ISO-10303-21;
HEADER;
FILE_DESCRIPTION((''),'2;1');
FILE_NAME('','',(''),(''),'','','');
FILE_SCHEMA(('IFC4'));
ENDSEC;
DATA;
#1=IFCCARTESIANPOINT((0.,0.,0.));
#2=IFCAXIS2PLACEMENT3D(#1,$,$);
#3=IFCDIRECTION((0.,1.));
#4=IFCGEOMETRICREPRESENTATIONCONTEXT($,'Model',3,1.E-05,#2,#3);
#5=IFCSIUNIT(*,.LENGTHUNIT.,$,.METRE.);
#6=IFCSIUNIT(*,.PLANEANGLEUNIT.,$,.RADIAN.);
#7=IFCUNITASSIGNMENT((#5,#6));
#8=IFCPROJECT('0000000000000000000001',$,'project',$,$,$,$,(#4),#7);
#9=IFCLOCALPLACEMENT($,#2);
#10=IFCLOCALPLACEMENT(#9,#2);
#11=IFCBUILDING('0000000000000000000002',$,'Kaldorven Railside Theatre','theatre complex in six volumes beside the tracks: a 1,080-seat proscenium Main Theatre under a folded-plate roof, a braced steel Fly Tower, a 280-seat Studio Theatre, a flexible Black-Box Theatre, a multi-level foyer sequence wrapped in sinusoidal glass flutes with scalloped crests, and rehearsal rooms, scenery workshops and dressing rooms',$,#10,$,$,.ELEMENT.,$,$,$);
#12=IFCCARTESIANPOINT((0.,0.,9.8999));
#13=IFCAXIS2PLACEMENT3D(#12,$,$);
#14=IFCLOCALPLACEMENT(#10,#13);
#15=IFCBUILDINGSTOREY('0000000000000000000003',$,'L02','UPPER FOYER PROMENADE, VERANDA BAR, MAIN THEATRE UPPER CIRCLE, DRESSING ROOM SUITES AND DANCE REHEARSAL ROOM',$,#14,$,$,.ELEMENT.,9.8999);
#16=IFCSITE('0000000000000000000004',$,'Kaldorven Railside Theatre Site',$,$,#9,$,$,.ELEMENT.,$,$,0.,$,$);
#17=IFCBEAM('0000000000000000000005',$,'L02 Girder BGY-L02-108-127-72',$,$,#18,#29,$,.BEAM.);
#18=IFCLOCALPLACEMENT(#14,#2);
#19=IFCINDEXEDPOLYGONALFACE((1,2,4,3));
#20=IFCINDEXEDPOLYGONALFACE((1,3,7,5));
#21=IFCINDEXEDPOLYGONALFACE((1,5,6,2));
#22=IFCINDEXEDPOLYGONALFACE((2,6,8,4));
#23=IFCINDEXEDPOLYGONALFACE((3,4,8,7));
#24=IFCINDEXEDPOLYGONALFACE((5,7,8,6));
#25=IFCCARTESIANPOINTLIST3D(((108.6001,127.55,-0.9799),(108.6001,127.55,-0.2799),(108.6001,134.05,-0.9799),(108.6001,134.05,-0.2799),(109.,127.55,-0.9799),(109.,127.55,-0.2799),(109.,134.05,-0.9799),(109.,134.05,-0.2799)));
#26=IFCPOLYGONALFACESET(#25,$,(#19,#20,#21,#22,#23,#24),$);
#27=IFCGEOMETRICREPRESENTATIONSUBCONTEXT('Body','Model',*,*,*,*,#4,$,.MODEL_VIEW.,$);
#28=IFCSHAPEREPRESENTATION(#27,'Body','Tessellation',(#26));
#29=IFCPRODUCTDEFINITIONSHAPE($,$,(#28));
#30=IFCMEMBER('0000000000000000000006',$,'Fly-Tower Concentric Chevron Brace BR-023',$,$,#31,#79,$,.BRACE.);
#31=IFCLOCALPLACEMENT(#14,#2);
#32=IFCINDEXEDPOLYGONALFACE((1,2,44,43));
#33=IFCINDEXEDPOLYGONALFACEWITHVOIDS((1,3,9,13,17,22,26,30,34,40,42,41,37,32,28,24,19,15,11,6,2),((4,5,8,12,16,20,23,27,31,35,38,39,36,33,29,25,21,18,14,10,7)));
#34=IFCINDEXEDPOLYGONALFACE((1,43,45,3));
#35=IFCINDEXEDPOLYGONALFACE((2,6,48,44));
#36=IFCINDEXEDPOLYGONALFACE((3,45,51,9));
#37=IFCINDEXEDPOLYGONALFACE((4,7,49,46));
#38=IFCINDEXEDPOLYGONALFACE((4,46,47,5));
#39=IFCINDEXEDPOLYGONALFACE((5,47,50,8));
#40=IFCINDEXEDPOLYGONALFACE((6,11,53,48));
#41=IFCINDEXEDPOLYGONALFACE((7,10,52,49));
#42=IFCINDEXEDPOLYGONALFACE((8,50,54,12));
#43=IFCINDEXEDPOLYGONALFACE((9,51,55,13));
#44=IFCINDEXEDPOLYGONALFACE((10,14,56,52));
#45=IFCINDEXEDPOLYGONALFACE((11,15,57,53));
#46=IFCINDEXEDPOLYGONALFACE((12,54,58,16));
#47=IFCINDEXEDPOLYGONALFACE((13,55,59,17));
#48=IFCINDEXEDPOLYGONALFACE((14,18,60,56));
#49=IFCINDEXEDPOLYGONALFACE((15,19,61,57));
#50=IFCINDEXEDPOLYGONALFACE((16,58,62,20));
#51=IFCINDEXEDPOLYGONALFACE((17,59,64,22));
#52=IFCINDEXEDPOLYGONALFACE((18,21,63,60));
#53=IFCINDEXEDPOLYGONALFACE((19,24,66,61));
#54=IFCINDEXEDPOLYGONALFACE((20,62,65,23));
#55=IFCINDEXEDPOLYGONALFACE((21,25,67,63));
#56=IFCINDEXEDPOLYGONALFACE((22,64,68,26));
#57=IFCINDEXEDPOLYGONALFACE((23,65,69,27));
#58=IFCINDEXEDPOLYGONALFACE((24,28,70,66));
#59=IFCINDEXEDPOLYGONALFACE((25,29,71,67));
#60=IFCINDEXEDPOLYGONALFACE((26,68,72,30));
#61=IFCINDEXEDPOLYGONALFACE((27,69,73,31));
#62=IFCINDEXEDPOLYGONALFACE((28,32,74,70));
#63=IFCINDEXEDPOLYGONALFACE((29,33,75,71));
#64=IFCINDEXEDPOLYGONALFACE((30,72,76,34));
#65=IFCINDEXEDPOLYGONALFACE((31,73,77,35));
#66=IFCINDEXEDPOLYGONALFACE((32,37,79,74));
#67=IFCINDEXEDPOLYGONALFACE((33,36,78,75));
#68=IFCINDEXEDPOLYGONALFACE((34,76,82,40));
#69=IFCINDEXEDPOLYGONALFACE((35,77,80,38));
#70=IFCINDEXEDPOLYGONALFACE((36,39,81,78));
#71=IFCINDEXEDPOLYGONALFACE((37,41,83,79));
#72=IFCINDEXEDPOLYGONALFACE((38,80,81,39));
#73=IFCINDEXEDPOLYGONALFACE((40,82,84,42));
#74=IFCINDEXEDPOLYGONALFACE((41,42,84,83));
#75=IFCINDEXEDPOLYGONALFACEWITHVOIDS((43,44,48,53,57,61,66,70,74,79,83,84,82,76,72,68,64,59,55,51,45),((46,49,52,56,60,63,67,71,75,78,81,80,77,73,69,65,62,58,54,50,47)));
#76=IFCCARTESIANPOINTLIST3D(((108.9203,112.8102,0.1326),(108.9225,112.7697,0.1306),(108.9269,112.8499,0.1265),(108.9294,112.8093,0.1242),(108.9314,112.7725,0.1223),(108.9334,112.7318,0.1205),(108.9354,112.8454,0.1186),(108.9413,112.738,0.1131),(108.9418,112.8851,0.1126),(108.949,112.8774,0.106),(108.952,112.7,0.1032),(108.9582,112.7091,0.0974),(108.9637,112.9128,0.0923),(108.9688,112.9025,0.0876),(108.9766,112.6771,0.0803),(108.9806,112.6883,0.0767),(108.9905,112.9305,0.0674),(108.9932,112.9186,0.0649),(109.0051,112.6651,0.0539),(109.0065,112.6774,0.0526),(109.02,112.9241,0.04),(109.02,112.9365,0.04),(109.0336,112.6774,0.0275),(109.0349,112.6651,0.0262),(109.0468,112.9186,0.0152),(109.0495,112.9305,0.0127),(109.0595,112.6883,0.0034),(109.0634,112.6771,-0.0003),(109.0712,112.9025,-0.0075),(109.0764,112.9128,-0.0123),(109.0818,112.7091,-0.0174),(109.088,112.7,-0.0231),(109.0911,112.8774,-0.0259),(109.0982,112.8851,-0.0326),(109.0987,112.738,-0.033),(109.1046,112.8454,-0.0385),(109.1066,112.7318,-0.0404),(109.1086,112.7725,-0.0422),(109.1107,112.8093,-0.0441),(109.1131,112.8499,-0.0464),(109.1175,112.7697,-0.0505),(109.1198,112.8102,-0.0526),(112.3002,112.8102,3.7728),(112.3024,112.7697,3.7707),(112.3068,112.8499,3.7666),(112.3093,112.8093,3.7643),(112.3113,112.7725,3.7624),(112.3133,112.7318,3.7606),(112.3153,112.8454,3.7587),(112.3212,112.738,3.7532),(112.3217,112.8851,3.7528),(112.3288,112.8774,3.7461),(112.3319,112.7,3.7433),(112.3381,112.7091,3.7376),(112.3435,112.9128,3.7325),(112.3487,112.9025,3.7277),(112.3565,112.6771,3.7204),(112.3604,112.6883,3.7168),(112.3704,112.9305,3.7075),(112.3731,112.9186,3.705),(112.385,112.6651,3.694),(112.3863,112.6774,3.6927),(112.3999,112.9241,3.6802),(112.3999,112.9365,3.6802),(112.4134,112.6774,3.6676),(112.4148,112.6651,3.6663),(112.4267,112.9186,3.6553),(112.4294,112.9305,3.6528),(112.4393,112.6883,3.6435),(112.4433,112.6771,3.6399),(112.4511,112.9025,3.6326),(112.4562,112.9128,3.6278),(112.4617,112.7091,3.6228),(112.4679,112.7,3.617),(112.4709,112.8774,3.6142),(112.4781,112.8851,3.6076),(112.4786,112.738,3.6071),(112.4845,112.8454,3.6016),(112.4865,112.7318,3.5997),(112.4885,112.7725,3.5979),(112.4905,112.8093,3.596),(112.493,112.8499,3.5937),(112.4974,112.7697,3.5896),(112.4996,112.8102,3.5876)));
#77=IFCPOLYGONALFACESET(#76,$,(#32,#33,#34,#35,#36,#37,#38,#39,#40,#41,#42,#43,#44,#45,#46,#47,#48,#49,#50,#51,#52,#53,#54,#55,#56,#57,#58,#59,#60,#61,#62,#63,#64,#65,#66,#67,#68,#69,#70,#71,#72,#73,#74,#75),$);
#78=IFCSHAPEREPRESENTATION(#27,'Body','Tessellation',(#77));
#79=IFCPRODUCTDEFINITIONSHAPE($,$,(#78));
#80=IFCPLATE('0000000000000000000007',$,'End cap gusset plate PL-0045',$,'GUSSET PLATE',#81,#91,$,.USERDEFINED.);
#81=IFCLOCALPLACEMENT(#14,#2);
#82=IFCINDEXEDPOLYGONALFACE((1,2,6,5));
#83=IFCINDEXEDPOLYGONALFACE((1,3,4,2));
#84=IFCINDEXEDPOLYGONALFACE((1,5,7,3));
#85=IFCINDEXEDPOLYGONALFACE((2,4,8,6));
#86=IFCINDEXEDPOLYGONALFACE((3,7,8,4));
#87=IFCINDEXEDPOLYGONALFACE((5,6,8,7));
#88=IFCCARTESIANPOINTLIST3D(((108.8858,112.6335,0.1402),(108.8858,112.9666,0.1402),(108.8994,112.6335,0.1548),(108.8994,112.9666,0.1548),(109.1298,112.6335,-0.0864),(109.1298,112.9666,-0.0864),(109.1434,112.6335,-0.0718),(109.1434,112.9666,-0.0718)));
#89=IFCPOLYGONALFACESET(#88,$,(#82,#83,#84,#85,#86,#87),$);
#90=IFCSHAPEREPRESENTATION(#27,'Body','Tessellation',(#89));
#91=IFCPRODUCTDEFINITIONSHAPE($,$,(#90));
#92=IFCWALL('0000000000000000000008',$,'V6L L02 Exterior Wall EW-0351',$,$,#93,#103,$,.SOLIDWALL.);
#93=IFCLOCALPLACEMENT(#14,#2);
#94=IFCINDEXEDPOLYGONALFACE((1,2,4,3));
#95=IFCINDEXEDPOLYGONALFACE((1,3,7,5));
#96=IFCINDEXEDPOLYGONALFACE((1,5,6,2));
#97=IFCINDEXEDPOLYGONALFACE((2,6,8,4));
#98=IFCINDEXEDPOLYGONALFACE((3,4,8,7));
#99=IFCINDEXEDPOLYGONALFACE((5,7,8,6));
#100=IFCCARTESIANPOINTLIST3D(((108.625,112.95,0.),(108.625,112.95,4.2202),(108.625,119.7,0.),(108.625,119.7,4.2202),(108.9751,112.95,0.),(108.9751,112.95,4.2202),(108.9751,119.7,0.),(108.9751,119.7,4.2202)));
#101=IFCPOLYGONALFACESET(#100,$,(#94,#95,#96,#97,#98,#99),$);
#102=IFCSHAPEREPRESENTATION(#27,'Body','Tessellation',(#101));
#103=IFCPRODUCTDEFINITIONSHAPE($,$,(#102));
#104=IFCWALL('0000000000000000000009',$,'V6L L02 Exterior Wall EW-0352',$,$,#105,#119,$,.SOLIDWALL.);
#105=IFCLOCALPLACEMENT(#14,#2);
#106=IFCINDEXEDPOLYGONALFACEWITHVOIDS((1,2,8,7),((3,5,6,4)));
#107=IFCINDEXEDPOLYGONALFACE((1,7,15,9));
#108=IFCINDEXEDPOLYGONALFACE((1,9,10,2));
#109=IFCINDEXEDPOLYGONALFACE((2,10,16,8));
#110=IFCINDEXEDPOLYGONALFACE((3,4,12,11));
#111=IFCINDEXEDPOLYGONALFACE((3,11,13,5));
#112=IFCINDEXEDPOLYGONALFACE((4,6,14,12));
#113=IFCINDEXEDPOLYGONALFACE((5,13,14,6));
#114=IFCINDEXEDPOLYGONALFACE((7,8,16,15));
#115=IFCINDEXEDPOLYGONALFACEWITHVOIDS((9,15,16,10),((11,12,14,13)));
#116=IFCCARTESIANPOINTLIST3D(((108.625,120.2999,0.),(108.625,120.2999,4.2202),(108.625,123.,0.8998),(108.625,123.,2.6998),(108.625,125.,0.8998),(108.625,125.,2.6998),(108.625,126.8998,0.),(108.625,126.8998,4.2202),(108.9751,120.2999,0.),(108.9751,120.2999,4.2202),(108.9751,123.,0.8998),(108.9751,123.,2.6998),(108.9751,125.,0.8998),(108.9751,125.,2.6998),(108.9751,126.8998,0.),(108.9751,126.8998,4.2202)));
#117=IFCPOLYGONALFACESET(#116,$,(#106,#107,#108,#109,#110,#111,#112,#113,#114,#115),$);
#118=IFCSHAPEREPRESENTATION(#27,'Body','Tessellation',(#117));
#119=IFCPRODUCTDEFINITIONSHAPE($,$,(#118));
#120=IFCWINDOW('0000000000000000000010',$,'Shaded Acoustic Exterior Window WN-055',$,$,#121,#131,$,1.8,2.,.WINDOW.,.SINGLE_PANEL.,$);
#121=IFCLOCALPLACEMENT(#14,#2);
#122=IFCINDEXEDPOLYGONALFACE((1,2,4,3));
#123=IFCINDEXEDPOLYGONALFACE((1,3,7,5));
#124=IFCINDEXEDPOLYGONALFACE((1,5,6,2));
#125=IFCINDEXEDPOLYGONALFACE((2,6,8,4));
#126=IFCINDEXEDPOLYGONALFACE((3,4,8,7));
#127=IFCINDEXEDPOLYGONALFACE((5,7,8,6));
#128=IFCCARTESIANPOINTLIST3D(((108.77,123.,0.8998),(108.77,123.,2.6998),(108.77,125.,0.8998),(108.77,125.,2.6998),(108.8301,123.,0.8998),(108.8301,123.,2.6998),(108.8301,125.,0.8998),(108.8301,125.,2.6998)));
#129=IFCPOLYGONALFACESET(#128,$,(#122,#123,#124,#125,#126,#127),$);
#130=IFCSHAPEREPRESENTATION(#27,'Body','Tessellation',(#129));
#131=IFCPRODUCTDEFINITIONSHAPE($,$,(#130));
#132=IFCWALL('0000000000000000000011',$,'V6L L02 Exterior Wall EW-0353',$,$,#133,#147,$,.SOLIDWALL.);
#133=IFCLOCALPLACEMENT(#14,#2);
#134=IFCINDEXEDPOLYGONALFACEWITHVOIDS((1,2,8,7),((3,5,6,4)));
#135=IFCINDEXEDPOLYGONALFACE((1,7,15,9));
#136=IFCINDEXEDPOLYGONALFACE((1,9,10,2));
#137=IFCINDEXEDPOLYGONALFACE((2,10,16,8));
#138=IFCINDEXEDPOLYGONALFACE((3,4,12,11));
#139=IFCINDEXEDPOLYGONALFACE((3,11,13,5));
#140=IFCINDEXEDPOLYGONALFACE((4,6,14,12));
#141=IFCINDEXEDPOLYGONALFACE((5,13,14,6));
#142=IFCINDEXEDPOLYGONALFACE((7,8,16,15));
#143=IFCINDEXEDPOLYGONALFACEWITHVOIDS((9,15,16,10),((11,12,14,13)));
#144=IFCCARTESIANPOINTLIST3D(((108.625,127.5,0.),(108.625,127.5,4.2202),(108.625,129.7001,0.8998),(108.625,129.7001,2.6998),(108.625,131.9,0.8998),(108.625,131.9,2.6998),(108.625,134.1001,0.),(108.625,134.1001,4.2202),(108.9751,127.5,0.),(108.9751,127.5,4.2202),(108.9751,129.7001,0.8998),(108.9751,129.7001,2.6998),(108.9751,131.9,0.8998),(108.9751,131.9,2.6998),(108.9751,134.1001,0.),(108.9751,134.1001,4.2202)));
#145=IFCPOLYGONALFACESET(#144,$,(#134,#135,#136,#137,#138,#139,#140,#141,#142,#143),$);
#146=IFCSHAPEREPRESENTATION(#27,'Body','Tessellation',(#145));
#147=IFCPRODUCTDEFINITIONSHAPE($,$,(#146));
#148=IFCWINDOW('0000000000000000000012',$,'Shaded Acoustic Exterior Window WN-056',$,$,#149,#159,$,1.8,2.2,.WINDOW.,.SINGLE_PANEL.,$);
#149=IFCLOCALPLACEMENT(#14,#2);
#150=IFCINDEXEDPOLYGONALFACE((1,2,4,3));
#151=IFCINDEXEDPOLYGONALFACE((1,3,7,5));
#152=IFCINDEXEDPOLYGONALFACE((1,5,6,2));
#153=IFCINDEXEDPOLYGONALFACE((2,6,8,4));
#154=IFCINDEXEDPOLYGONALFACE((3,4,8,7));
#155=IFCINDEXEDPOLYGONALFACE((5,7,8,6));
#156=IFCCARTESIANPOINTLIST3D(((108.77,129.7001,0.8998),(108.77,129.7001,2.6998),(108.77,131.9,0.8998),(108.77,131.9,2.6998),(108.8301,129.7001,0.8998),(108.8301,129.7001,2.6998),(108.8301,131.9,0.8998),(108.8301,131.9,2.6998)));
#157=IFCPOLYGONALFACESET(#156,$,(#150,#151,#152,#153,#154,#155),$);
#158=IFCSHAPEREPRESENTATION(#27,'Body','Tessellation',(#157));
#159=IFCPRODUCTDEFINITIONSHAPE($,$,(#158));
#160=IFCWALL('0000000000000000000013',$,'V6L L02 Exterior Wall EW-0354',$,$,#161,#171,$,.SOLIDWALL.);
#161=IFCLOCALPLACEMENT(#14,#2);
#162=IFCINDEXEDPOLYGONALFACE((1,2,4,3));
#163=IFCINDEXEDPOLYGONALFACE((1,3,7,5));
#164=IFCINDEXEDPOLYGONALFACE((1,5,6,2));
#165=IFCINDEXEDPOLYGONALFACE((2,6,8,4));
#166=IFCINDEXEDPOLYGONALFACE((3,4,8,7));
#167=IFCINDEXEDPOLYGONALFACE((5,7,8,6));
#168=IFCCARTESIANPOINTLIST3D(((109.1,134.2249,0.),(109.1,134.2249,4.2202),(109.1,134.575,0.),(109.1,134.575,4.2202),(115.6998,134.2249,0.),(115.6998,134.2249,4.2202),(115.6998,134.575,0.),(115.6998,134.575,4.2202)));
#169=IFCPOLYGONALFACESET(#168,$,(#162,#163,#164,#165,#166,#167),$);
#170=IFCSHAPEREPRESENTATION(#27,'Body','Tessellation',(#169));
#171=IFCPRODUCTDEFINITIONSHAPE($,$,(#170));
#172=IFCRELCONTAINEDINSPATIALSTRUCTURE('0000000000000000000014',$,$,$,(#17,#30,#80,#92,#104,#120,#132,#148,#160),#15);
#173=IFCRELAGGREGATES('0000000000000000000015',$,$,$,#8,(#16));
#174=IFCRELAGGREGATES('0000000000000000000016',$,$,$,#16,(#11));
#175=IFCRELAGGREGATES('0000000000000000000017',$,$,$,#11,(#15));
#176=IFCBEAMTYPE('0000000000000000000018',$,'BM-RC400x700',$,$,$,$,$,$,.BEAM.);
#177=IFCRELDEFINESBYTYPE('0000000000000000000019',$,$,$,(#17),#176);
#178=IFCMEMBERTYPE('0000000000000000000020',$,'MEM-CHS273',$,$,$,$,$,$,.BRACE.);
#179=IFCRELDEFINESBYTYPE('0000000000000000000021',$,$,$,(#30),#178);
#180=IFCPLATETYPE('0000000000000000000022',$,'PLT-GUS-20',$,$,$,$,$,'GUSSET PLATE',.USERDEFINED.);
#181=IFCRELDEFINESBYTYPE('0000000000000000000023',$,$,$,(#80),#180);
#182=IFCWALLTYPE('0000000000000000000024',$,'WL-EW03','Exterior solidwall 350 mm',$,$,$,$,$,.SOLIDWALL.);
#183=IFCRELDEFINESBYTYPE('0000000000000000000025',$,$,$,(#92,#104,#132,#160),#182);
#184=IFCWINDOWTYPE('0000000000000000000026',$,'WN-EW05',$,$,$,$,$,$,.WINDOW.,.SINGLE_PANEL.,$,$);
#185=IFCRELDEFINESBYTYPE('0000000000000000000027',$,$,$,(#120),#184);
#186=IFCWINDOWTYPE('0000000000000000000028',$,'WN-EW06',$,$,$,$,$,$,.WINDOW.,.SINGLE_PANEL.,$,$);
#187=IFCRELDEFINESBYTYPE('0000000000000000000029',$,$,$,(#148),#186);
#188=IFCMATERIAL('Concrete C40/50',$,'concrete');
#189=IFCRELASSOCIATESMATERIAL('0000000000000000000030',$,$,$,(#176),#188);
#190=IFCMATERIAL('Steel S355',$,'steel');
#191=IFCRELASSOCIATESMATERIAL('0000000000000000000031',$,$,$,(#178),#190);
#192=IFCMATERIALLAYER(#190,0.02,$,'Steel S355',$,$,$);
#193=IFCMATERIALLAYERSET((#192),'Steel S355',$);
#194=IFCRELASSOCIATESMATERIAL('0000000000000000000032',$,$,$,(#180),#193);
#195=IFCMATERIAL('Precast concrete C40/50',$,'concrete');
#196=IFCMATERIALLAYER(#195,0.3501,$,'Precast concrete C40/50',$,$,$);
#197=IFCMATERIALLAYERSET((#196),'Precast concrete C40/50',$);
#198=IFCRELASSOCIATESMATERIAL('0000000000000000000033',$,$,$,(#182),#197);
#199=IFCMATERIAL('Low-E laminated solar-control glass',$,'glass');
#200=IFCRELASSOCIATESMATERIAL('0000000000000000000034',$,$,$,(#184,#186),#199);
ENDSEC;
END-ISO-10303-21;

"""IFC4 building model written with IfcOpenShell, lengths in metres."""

from ifc_helpers import new_model, si_unit, direction, frame, frame_2d, origin, origin_2d, place, context, subcontext, project, spatial, rectangle, hollow_circle, extrude, material, layer, layer_set, material_profile, profile_set, type_object, element, fill, save


model = new_model("IFC4")

# Units and contexts
model_context = context("Model", 3, precision=1e-05, world=origin(), true_north=direction((0.0, 1.0)))
body_context = subcontext(model_context, "Body", "Model", "MODEL_VIEW")
ifc_project = project(units=[si_unit("LENGTHUNIT", "METRE"), si_unit("PLANEANGLEUNIT", "RADIAN")], contexts=[model_context])

# Site, building, storey
site_placement = place(None, origin())
site = spatial("IfcSite", under=ifc_project, at=site_placement, Name="Kaldorven Railside Theatre Site", CompositionType="ELEMENT", RefElevation=0.0)
building_placement = place(site_placement, origin())
building = spatial("IfcBuilding", under=site, at=building_placement, Name="Kaldorven Railside Theatre", Description="theatre complex in six volumes beside the tracks: a 1,080-seat proscenium Main Theatre under a folded-plate roof, a braced steel Fly Tower, a 280-seat Studio Theatre, a flexible Black-Box Theatre, a multi-level foyer sequence wrapped in sinusoidal glass flutes with scalloped crests, and rehearsal rooms, scenery workshops and dressing rooms", CompositionType="ELEMENT")
storey_placement = place(building_placement, frame((0.0, 0.0, 9.8999)))
storey = spatial("IfcBuildingStorey", under=building, at=storey_placement, Name="L02", Description="UPPER FOYER PROMENADE, VERANDA BAR, MAIN THEATRE UPPER CIRCLE, DRESSING ROOM SUITES AND DANCE REHEARSAL ROOM", CompositionType="ELEMENT", Elevation=9.8999)

# Shared definitions
ifc_material_1 = material(Name="Steel S355", Category="steel")
ifc_material_2 = material(Name="Concrete C40/50", Category="concrete")

# Beam
ifc_material_profile_1 = material_profile(ifc_material_2, rectangle(XDim=0.3999, YDim=0.7, at=origin_2d()), Name="RC 400x700")
ifc_profile_set_1 = profile_set([ifc_material_profile_1], Name="Concrete C40/50")
beam_type_1 = type_object("IfcBeamType", Name="BM-RC400x700", PredefinedType="BEAM", material=ifc_profile_set_1)
for number, where, z_axis, x_axis, name in (
    (1, (108.8, 127.55, -0.6299), (0.0, 1.0, 0.0), (-1.0, 0.0, 0.0), "L02 Girder BGY-L02-108-127-72"),
):
    element("IfcBeam", number, at=place(storey_placement, frame(where, z_axis=z_axis, x_axis=x_axis)), inside=storey, type_object=beam_type_1, Name=name, PredefinedType="BEAM", context=body_context, shape_type="SweptSolid", body=[
        extrude(rectangle(XDim=0.3999, YDim=0.7, at=origin_2d()), origin(), (0.0, 0.0, 1.0), 6.5),
    ])

# Member
ifc_material_profile_2 = material_profile(ifc_material_1, hollow_circle(Radius=0.1365, WallThickness=0.0125, at=origin_2d()), Name="CHS 273x12.5")
ifc_profile_set_2 = profile_set([ifc_material_profile_2], Name="Steel S355")
member_type = type_object("IfcMemberType", Name="MEM-CHS273", PredefinedType="BRACE", material=ifc_profile_set_2)
member_placement = place(storey_placement, frame((109.02, 112.8, 0.04), z_axis=(0.680425, 0.0, 0.732818), x_axis=(0.0, 1.0, 0.0)))
element("IfcMember", 2, at=member_placement, inside=storey, type_object=member_type, Name="Fly-Tower Concentric Chevron Brace BR-023", PredefinedType="BRACE", context=body_context, shape_type="SweptSolid", body=[
    extrude(hollow_circle(Radius=0.1365, WallThickness=0.0125, at=origin_2d()), origin(), (0.0, 0.0, 1.0), 4.9673),
])

# Plate
ifc_layer_1 = layer(ifc_material_1, 0.02, Name="Steel S355")
ifc_layer_set_1 = layer_set([ifc_layer_1], Name="Steel S355")
plate_type = type_object("IfcPlateType", Name="PLT-GUS-20", ElementType="GUSSET PLATE", PredefinedType="USERDEFINED", material=ifc_layer_set_1)
plate_placement = place(storey_placement, frame((109.0078, 112.8, 0.0269), z_axis=(0.680465, 0.0, 0.73278), x_axis=(0.0, 1.0, 0.0)))
element("IfcPlate", 3, at=plate_placement, inside=storey, type_object=plate_type, Name="End cap gusset plate PL-0045", ObjectType="GUSSET PLATE", PredefinedType="USERDEFINED", context=body_context, shape_type="SweptSolid", body=[
    extrude(rectangle(XDim=0.333, YDim=0.333, at=origin_2d()), origin(), (0.0, 0.0, 1.0), 0.02),
])

# Wall
ifc_material_3 = material(Name="Precast concrete C40/50", Category="concrete")
ifc_layer_2 = layer(ifc_material_3, 0.3501, Name="Precast concrete C40/50")
ifc_layer_set_2 = layer_set([ifc_layer_2], Name="Precast concrete C40/50")
wall_type_1 = type_object("IfcWallType", Name="WL-EW03", Description="Exterior solidwall 350 mm", PredefinedType="SOLIDWALL", material=ifc_layer_set_2)
wall_1_placement = place(storey_placement, frame((108.8, 112.95, 0.0), z_axis=(0.0, 0.0, 1.0), x_axis=(0.0, 1.0, 0.0)))
element("IfcWall", 4, at=wall_1_placement, inside=storey, type_object=wall_type_1, Name="V6L L02 Exterior Wall EW-0351", PredefinedType="SOLIDWALL", context=body_context, shape_type="SweptSolid", body=[
    extrude(rectangle(XDim=6.75, YDim=0.3501, at=frame_2d((3.375, 0.0))), origin(), (0.0, 0.0, 1.0), 4.2202),
])

# Walls, openings, windows
wall_2_placement = place(storey_placement, frame((108.8, 120.3, 0.0), z_axis=(0.0, 0.0, 1.0), x_axis=(0.0, 1.0, 0.0)))
wall_2 = element("IfcWall", 5, at=wall_2_placement, inside=storey, type_object=wall_type_1, Name="V6L L02 Exterior Wall EW-0352", PredefinedType="SOLIDWALL", context=body_context, shape_type="SweptSolid", body=[
    extrude(rectangle(XDim=6.5999, YDim=0.3501, at=frame_2d((3.2998, 0.0))), origin(), (0.0, 0.0, 1.0), 4.2202),
])
opening_1_placement = place(wall_2_placement, frame((2.7, 0.0, 0.8999)))
opening_1 = element("IfcOpeningElement", 6, at=opening_1_placement, cuts=wall_2, PredefinedType="OPENING", context=body_context, shape_type="SweptSolid", body=[
    extrude(rectangle(XDim=2.0, YDim=1.8, at=frame_2d((1.0, 0.8999))), frame((0.0, 0.1851, 0.0), z_axis=(0.0, -1.0, 0.0), x_axis=(1.0, 0.0, 0.0)), (0.0, 0.0, 1.0), 0.3701),
])
ifc_material_4 = material(Name="Low-E laminated solar-control glass", Category="glass")
window_type_1 = type_object("IfcWindowType", Name="WN-EW05", PartitioningType="SINGLE_PANEL", PredefinedType="WINDOW", material=ifc_material_4)
window_1_placement = place(opening_1_placement, origin())
window_1 = element("IfcWindow", 7, at=window_1_placement, inside=storey, type_object=window_type_1, Name="Shaded Acoustic Exterior Window WN-055", OverallHeight=1.8, OverallWidth=2.0, PartitioningType="SINGLE_PANEL", PredefinedType="WINDOW", context=body_context, shape_type="SweptSolid", body=[
    extrude(rectangle(XDim=2.0, YDim=1.8, at=frame_2d((1.0, 0.8999))), frame((0.0, 0.03, 0.0), z_axis=(0.0, -1.0, 0.0), x_axis=(1.0, 0.0, 0.0)), (0.0, 0.0, 1.0), 0.0601),
])
fill(opening_1, window_1)
wall_3_placement = place(storey_placement, frame((108.8, 127.5, 0.0), z_axis=(0.0, 0.0, 1.0), x_axis=(0.0, 1.0, 0.0)))
wall_3 = element("IfcWall", 8, at=wall_3_placement, inside=storey, type_object=wall_type_1, Name="V6L L02 Exterior Wall EW-0353", PredefinedType="SOLIDWALL", context=body_context, shape_type="SweptSolid", body=[
    extrude(rectangle(XDim=6.6001, YDim=0.3501, at=frame_2d((3.3, 0.0))), origin(), (0.0, 0.0, 1.0), 4.2202),
])
opening_2_placement = place(wall_3_placement, frame((2.2, 0.0, 0.8999)))
opening_2 = element("IfcOpeningElement", 9, at=opening_2_placement, cuts=wall_3, PredefinedType="OPENING", context=body_context, shape_type="SweptSolid", body=[
    extrude(rectangle(XDim=2.2, YDim=1.8, at=frame_2d((1.1001, 0.8999))), frame((0.0, 0.1851, 0.0), z_axis=(0.0, -1.0, 0.0), x_axis=(1.0, 0.0, 0.0)), (0.0, 0.0, 1.0), 0.3701),
])
window_type_2 = type_object("IfcWindowType", Name="WN-EW06", PartitioningType="SINGLE_PANEL", PredefinedType="WINDOW", material=ifc_material_4)
window_2_placement = place(opening_2_placement, origin())
window_2 = element("IfcWindow", 10, at=window_2_placement, inside=storey, type_object=window_type_2, Name="Shaded Acoustic Exterior Window WN-056", OverallHeight=1.8, OverallWidth=2.2, PartitioningType="SINGLE_PANEL", PredefinedType="WINDOW", context=body_context, shape_type="SweptSolid", body=[
    extrude(rectangle(XDim=2.2, YDim=1.8, at=frame_2d((1.1001, 0.8999))), frame((0.0, 0.03, 0.0), z_axis=(0.0, -1.0, 0.0), x_axis=(1.0, 0.0, 0.0)), (0.0, 0.0, 1.0), 0.0601),
])
fill(opening_2, window_2)

# Wall
wall_4_placement = place(storey_placement, frame((109.1001, 134.3999, 0.0), z_axis=(0.0, 0.0, 1.0), x_axis=(1.0, 0.0, 0.0)))
element("IfcWall", 11, at=wall_4_placement, inside=storey, type_object=wall_type_1, Name="V6L L02 Exterior Wall EW-0354", PredefinedType="SOLIDWALL", context=body_context, shape_type="SweptSolid", body=[
    extrude(rectangle(XDim=6.5999, YDim=0.3501, at=frame_2d((3.2998, 0.0))), origin(), (0.0, 0.0, 1.0), 4.2202),
])

save(model, "model.ifc")
